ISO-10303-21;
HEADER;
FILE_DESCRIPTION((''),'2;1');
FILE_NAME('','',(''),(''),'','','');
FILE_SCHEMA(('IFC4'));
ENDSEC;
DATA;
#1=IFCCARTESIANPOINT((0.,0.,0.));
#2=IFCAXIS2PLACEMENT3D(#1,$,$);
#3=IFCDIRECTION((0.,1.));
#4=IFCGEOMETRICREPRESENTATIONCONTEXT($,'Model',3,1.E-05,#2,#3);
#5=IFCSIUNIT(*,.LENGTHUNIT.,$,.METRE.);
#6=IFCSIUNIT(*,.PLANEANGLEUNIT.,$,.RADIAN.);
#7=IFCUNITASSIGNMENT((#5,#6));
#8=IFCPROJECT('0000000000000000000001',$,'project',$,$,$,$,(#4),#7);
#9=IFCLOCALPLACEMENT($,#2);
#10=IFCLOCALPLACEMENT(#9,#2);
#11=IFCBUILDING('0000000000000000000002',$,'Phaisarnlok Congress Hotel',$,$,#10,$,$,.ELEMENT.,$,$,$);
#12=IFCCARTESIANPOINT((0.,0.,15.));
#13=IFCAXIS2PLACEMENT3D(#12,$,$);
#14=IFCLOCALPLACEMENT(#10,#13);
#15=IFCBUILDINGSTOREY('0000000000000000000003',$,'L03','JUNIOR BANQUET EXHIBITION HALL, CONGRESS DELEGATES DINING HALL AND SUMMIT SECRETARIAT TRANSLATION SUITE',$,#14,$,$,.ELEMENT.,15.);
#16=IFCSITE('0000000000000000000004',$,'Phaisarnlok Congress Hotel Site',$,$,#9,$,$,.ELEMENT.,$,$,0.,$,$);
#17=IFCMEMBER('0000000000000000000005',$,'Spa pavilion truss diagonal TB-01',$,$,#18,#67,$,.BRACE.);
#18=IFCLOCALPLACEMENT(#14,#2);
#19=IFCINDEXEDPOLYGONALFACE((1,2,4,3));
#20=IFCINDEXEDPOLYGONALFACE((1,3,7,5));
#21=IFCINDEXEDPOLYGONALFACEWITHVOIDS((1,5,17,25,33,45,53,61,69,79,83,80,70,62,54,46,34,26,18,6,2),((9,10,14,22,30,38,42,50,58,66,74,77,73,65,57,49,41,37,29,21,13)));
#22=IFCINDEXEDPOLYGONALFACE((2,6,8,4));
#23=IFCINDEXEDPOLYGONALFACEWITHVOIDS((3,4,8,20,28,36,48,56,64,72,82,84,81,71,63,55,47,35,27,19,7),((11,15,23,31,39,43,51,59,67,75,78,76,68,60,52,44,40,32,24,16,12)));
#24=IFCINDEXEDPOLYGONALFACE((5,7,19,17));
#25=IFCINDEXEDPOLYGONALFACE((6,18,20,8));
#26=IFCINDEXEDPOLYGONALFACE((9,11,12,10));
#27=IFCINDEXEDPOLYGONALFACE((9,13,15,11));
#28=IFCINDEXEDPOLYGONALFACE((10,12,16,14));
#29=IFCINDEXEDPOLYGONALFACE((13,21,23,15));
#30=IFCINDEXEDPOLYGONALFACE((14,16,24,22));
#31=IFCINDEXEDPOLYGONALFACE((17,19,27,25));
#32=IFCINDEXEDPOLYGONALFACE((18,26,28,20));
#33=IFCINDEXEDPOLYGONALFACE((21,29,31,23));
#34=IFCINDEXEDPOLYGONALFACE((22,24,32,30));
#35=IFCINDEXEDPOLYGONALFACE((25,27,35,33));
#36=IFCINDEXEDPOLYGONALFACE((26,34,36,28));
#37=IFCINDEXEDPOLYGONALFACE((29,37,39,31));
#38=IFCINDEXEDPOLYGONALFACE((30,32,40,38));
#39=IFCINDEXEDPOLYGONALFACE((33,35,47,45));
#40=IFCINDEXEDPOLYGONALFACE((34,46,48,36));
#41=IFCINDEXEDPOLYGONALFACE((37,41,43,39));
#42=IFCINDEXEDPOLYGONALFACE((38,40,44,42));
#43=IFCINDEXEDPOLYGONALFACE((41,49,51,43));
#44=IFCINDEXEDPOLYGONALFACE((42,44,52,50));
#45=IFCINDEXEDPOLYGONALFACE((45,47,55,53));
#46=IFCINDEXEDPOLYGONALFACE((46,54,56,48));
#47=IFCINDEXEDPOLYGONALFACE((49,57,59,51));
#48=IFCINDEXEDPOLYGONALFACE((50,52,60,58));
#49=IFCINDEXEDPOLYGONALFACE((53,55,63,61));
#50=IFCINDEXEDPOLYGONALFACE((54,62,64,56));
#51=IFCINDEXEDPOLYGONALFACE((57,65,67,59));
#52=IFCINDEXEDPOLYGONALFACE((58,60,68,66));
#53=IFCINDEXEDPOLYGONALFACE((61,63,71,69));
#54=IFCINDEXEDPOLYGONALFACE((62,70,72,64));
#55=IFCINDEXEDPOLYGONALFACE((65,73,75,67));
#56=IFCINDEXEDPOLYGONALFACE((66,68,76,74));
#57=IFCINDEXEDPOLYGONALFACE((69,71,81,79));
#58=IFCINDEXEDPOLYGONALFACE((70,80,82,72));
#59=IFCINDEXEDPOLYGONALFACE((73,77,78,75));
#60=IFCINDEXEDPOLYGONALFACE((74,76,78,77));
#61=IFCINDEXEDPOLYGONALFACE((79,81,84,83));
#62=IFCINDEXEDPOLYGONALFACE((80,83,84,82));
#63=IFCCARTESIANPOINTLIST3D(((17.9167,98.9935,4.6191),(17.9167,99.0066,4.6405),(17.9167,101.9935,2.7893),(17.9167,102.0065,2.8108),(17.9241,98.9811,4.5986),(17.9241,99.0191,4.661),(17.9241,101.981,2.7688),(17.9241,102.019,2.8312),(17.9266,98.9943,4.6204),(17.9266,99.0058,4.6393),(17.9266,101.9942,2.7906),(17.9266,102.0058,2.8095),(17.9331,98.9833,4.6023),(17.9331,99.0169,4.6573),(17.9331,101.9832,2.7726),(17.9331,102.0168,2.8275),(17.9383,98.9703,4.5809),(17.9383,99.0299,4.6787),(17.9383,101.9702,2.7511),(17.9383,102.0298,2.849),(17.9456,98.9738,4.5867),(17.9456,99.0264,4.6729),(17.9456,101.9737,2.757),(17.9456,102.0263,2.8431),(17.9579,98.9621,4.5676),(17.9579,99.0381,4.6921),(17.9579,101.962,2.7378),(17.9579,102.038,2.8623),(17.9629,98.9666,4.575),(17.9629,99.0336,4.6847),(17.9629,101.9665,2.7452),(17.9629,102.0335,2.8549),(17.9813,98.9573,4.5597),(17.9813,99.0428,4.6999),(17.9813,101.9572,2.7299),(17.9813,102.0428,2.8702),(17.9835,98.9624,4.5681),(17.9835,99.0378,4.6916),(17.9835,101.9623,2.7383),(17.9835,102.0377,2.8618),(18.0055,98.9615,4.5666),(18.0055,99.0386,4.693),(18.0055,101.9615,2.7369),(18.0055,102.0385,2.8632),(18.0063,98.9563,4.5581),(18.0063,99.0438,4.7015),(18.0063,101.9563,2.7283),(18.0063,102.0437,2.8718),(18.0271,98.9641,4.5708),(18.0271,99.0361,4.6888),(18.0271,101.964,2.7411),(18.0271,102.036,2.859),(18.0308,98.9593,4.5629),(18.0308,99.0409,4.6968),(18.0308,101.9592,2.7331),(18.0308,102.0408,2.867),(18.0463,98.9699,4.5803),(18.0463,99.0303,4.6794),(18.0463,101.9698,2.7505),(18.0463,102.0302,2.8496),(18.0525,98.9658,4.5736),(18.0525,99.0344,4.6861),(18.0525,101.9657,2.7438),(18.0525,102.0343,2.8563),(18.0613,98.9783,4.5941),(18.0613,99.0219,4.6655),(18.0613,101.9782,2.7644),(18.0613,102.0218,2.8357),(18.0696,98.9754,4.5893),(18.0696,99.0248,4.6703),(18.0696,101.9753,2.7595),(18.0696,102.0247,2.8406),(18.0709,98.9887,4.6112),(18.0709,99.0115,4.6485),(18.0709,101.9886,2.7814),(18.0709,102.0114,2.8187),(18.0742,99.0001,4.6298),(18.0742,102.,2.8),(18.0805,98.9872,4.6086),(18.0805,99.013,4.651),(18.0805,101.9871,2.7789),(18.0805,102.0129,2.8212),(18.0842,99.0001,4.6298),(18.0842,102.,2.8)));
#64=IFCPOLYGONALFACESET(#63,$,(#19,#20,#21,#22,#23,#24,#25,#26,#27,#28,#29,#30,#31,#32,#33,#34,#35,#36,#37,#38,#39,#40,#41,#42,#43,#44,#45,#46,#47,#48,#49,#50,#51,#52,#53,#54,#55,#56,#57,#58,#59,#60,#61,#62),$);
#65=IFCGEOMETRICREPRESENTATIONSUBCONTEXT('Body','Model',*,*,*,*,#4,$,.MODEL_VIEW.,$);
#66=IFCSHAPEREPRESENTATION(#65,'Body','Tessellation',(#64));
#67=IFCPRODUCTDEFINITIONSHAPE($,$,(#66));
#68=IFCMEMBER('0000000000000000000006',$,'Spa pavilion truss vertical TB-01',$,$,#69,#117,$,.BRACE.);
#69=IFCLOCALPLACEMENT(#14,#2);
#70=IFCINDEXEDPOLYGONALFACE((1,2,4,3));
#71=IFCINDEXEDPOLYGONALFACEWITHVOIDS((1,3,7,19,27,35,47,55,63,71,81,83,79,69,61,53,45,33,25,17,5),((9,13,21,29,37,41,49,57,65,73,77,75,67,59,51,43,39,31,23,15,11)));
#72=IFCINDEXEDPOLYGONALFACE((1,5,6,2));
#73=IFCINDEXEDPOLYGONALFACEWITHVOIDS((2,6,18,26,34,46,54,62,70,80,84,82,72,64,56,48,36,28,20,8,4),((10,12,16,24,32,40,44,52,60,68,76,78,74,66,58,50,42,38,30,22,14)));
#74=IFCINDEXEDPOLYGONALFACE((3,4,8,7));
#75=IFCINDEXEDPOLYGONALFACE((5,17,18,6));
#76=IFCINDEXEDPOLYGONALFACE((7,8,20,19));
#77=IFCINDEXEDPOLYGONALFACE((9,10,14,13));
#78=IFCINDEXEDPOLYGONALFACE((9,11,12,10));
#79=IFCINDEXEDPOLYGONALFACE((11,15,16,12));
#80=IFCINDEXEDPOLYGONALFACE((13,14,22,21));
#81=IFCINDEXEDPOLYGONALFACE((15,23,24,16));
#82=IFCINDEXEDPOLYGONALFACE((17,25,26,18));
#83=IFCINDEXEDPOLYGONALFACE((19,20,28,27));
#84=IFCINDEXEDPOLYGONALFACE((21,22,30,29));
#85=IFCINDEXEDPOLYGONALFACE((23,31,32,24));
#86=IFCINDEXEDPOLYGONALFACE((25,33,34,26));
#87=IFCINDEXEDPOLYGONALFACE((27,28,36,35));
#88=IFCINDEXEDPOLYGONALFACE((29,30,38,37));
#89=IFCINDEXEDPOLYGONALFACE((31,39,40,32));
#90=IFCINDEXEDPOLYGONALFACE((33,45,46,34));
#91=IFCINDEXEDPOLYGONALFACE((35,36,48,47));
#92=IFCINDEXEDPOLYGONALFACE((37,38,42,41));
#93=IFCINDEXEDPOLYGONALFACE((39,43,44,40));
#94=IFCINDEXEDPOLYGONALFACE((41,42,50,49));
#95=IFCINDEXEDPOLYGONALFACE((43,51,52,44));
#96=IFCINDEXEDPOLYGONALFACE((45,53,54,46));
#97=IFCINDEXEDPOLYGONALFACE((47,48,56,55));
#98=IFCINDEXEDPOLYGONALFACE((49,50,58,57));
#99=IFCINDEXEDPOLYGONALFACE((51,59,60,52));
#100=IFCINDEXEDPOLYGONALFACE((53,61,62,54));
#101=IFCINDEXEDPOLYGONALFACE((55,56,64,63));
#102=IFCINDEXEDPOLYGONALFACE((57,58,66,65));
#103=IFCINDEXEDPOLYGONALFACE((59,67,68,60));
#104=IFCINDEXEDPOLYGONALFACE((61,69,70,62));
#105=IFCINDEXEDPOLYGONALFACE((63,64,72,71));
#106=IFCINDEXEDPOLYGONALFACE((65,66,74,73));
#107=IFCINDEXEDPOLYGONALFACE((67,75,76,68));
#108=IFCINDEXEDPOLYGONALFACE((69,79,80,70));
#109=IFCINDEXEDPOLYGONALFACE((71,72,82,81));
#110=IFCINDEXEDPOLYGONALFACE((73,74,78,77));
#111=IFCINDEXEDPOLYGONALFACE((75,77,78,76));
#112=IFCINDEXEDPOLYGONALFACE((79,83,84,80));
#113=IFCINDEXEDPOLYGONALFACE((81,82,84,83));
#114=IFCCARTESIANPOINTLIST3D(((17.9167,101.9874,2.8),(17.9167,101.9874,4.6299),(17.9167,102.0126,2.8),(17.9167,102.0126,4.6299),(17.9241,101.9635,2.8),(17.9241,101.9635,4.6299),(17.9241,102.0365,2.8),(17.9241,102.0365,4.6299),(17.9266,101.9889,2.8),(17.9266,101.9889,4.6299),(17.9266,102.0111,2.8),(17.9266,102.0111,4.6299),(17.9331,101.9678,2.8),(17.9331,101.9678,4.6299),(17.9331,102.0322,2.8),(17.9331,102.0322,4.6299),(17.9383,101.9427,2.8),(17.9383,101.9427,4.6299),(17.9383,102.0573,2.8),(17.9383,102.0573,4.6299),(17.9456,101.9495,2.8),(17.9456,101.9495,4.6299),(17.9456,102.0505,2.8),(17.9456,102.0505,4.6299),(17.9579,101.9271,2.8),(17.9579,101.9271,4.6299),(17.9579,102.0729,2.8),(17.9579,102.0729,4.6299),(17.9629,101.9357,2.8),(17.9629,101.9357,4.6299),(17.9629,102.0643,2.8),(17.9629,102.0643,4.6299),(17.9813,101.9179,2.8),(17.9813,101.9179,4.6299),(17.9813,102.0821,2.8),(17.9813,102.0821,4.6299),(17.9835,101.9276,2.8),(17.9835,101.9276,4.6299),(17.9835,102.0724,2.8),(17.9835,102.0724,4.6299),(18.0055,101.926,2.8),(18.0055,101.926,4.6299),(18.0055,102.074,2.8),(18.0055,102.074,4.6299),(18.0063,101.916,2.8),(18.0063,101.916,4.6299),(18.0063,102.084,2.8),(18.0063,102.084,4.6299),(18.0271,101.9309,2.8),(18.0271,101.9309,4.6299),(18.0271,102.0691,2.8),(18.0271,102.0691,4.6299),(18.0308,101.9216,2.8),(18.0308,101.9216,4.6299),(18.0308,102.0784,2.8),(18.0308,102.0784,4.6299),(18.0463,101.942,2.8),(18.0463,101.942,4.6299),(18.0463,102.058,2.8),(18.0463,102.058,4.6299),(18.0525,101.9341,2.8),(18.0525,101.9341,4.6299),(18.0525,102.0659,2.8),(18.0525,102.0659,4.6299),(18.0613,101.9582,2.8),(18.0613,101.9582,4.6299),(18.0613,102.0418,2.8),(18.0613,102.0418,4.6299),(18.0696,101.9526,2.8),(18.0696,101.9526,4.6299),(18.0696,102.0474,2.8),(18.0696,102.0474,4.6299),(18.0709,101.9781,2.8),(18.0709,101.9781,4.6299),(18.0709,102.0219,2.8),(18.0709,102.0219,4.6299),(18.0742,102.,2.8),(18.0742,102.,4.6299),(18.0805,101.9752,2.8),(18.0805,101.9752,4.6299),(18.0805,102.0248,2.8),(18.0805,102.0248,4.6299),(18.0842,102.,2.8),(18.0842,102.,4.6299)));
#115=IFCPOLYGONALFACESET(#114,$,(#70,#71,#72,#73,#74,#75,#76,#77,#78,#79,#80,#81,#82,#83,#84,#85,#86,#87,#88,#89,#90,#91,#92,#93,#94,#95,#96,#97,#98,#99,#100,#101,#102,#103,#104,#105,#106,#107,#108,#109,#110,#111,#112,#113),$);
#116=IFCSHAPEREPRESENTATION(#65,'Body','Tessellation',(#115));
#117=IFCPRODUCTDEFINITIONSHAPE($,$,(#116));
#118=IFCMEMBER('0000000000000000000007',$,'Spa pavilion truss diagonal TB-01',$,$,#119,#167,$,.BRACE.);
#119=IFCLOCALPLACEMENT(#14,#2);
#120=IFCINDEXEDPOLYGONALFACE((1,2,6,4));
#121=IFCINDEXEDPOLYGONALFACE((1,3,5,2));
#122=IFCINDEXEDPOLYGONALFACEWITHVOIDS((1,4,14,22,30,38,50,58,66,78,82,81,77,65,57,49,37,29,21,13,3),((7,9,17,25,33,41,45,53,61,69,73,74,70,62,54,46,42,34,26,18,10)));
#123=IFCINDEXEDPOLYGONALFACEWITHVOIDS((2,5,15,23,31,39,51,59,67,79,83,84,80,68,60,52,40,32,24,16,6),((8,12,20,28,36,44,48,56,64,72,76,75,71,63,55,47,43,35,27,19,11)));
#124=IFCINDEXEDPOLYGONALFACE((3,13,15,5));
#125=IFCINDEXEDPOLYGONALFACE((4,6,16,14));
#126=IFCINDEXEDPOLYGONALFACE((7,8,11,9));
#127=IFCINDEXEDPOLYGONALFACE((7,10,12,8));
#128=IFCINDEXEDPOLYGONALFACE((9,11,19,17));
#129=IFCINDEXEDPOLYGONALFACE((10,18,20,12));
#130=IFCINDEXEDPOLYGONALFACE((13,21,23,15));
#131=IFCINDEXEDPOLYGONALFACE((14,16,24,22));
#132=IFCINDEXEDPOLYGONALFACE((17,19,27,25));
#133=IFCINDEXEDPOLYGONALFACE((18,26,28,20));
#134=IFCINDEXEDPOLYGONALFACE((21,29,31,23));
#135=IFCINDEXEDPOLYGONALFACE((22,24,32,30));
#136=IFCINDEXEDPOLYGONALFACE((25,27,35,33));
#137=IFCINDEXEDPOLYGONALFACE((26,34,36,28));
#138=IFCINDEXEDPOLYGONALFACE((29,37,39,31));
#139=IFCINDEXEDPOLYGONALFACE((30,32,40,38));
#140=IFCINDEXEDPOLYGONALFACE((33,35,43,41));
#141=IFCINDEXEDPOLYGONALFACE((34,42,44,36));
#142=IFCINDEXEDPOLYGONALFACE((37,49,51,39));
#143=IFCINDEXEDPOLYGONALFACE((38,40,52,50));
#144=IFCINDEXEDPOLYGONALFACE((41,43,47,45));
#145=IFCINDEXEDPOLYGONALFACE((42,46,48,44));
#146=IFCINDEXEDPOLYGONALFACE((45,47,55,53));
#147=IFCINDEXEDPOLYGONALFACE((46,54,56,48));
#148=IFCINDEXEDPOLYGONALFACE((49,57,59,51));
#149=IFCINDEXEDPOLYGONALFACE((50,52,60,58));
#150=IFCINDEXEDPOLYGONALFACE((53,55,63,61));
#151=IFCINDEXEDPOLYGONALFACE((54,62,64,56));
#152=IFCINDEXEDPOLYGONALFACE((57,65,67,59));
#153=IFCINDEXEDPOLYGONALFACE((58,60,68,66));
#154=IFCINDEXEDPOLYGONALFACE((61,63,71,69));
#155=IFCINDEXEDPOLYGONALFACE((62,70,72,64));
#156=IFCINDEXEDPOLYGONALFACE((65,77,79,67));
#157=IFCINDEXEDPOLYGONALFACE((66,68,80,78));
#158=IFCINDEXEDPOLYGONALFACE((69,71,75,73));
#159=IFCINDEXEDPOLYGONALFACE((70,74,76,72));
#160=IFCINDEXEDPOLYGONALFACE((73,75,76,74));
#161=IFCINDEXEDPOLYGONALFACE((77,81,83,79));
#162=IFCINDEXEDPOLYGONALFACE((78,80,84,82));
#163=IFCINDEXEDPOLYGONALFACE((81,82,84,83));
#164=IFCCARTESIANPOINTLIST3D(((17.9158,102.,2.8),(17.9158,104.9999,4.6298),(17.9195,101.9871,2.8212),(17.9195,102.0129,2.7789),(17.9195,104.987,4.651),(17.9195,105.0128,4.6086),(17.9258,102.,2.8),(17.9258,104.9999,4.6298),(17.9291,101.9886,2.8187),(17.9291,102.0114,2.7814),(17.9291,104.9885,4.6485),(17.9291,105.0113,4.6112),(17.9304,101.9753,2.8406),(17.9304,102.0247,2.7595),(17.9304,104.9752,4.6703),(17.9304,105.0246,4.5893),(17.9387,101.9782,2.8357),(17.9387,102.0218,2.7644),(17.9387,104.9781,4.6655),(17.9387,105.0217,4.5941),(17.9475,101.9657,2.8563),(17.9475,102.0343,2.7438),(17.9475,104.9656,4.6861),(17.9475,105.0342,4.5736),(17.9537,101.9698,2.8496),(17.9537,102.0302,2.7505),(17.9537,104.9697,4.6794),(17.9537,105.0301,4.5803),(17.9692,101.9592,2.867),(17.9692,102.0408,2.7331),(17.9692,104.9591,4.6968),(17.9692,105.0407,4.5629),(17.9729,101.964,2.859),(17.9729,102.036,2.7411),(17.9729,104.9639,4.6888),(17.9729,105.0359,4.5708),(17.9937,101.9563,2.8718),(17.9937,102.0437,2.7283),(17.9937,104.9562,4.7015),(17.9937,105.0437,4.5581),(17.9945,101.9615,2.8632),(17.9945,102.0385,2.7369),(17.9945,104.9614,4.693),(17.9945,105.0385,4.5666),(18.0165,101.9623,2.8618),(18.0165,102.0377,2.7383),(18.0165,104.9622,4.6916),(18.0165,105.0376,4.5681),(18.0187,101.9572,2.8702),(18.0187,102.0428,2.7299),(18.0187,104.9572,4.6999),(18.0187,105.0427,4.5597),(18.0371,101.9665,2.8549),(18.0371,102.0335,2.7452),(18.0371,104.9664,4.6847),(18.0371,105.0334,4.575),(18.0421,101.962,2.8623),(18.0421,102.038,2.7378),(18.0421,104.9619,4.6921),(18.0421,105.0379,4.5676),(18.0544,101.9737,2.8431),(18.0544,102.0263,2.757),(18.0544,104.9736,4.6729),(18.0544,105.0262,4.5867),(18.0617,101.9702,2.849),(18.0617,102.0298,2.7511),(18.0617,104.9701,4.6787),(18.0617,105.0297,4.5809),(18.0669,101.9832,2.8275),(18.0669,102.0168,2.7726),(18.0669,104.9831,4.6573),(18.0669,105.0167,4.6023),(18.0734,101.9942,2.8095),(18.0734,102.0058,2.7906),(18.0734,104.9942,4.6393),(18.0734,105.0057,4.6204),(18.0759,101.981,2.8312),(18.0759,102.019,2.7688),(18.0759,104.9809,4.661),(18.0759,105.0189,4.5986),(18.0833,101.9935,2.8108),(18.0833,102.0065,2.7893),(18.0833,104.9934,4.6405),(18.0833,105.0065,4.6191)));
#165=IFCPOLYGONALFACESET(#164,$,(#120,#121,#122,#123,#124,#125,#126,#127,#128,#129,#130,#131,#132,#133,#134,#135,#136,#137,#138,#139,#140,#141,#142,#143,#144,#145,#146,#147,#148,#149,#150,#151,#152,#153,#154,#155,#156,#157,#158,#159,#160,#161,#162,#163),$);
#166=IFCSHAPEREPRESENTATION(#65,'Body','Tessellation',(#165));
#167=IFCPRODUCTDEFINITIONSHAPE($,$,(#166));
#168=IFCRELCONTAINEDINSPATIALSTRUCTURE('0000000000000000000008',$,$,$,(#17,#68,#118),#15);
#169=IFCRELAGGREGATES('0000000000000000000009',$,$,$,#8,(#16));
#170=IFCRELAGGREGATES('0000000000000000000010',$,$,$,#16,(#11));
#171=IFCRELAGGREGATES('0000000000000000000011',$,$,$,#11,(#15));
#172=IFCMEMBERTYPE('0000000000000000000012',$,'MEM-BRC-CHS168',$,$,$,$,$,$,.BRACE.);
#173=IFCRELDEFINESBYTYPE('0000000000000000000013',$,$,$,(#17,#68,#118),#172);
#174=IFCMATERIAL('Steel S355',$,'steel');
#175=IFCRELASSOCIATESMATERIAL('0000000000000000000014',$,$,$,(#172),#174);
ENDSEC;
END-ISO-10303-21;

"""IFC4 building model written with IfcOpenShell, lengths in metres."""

from ifc_helpers import new_model, si_unit, direction, frame, origin, origin_2d, place, context, subcontext, project, spatial, hollow_circle, extrude, material, material_profile, profile_set, type_object, element, save


model = new_model("IFC4")

# Units and contexts
model_context = context("Model", 3, precision=1e-05, world=origin(), true_north=direction((0.0, 1.0)))
body_context = subcontext(model_context, "Body", "Model", "MODEL_VIEW")
ifc_project = project(units=[si_unit("LENGTHUNIT", "METRE"), si_unit("PLANEANGLEUNIT", "RADIAN")], contexts=[model_context])

# Site, building, storey
site_placement = place(None, origin())
site = spatial("IfcSite", under=ifc_project, at=site_placement, Name="Phaisarnlok Congress Hotel Site", CompositionType="ELEMENT", RefElevation=0.0)
building_placement = place(site_placement, origin())
building = spatial("IfcBuilding", under=site, at=building_placement, Name="Phaisarnlok Congress Hotel", CompositionType="ELEMENT")
storey_placement = place(building_placement, frame((0.0, 0.0, 15.0)))
storey = spatial("IfcBuildingStorey", under=building, at=storey_placement, Name="L03", Description="JUNIOR BANQUET EXHIBITION HALL, CONGRESS DELEGATES DINING HALL AND SUMMIT SECRETARIAT TRANSLATION SUITE", CompositionType="ELEMENT", Elevation=15.0)

# Members
ifc_material = material(Name="Steel S355", Category="steel")
ifc_material_profile_1 = material_profile(ifc_material, hollow_circle(Radius=0.0842, WallThickness=0.01, at=origin_2d()), Name="CHS 168.3x10")
ifc_profile_set_1 = profile_set([ifc_material_profile_1], Name="Steel S355")
member_type_1 = type_object("IfcMemberType", Name="MEM-BRC-CHS168", PredefinedType="BRACE", material=ifc_profile_set_1)
for number, where, z_axis, x_axis, name in (
    (1, (18.0, 102.0, 2.8), (0.0, -0.853725, 0.520725), (1.0, 0.0, 0.0), "Spa pavilion truss diagonal TB-01"),
):
    element("IfcMember", number, at=place(storey_placement, frame(where, z_axis=z_axis, x_axis=x_axis)), inside=storey, type_object=member_type_1, Name=name, PredefinedType="BRACE", context=body_context, shape_type="SweptSolid", body=[
        extrude(hollow_circle(Radius=0.0842, WallThickness=0.01, at=origin_2d()), origin(), (0.0, 0.0, 1.0), 3.5139),
    ])
member_1_placement = place(storey_placement, frame((18.0, 102.0, 2.8), z_axis=(0.0, 0.0, 1.0), x_axis=(1.0, 0.0, 0.0)))
element("IfcMember", 2, at=member_1_placement, inside=storey, type_object=member_type_1, Name="Spa pavilion truss vertical TB-01", PredefinedType="BRACE", context=body_context, shape_type="SweptSolid", body=[
    extrude(hollow_circle(Radius=0.0842, WallThickness=0.01, at=origin_2d()), origin(), (0.0, 0.0, 1.0), 1.8298),
])
for number, where, z_axis, x_axis, name in (
    (3, (18.0, 102.0, 2.8), (0.0, 0.853725, 0.520725), (-1.0, 0.0, 0.0), "Spa pavilion truss diagonal TB-01"),
):
    element("IfcMember", number, at=place(storey_placement, frame(where, z_axis=z_axis, x_axis=x_axis)), inside=storey, type_object=member_type_1, Name=name, PredefinedType="BRACE", context=body_context, shape_type="SweptSolid", body=[
        extrude(hollow_circle(Radius=0.0842, WallThickness=0.01, at=origin_2d()), origin(), (0.0, 0.0, 1.0), 3.5139),
    ])

save(model, "model.ifc")
